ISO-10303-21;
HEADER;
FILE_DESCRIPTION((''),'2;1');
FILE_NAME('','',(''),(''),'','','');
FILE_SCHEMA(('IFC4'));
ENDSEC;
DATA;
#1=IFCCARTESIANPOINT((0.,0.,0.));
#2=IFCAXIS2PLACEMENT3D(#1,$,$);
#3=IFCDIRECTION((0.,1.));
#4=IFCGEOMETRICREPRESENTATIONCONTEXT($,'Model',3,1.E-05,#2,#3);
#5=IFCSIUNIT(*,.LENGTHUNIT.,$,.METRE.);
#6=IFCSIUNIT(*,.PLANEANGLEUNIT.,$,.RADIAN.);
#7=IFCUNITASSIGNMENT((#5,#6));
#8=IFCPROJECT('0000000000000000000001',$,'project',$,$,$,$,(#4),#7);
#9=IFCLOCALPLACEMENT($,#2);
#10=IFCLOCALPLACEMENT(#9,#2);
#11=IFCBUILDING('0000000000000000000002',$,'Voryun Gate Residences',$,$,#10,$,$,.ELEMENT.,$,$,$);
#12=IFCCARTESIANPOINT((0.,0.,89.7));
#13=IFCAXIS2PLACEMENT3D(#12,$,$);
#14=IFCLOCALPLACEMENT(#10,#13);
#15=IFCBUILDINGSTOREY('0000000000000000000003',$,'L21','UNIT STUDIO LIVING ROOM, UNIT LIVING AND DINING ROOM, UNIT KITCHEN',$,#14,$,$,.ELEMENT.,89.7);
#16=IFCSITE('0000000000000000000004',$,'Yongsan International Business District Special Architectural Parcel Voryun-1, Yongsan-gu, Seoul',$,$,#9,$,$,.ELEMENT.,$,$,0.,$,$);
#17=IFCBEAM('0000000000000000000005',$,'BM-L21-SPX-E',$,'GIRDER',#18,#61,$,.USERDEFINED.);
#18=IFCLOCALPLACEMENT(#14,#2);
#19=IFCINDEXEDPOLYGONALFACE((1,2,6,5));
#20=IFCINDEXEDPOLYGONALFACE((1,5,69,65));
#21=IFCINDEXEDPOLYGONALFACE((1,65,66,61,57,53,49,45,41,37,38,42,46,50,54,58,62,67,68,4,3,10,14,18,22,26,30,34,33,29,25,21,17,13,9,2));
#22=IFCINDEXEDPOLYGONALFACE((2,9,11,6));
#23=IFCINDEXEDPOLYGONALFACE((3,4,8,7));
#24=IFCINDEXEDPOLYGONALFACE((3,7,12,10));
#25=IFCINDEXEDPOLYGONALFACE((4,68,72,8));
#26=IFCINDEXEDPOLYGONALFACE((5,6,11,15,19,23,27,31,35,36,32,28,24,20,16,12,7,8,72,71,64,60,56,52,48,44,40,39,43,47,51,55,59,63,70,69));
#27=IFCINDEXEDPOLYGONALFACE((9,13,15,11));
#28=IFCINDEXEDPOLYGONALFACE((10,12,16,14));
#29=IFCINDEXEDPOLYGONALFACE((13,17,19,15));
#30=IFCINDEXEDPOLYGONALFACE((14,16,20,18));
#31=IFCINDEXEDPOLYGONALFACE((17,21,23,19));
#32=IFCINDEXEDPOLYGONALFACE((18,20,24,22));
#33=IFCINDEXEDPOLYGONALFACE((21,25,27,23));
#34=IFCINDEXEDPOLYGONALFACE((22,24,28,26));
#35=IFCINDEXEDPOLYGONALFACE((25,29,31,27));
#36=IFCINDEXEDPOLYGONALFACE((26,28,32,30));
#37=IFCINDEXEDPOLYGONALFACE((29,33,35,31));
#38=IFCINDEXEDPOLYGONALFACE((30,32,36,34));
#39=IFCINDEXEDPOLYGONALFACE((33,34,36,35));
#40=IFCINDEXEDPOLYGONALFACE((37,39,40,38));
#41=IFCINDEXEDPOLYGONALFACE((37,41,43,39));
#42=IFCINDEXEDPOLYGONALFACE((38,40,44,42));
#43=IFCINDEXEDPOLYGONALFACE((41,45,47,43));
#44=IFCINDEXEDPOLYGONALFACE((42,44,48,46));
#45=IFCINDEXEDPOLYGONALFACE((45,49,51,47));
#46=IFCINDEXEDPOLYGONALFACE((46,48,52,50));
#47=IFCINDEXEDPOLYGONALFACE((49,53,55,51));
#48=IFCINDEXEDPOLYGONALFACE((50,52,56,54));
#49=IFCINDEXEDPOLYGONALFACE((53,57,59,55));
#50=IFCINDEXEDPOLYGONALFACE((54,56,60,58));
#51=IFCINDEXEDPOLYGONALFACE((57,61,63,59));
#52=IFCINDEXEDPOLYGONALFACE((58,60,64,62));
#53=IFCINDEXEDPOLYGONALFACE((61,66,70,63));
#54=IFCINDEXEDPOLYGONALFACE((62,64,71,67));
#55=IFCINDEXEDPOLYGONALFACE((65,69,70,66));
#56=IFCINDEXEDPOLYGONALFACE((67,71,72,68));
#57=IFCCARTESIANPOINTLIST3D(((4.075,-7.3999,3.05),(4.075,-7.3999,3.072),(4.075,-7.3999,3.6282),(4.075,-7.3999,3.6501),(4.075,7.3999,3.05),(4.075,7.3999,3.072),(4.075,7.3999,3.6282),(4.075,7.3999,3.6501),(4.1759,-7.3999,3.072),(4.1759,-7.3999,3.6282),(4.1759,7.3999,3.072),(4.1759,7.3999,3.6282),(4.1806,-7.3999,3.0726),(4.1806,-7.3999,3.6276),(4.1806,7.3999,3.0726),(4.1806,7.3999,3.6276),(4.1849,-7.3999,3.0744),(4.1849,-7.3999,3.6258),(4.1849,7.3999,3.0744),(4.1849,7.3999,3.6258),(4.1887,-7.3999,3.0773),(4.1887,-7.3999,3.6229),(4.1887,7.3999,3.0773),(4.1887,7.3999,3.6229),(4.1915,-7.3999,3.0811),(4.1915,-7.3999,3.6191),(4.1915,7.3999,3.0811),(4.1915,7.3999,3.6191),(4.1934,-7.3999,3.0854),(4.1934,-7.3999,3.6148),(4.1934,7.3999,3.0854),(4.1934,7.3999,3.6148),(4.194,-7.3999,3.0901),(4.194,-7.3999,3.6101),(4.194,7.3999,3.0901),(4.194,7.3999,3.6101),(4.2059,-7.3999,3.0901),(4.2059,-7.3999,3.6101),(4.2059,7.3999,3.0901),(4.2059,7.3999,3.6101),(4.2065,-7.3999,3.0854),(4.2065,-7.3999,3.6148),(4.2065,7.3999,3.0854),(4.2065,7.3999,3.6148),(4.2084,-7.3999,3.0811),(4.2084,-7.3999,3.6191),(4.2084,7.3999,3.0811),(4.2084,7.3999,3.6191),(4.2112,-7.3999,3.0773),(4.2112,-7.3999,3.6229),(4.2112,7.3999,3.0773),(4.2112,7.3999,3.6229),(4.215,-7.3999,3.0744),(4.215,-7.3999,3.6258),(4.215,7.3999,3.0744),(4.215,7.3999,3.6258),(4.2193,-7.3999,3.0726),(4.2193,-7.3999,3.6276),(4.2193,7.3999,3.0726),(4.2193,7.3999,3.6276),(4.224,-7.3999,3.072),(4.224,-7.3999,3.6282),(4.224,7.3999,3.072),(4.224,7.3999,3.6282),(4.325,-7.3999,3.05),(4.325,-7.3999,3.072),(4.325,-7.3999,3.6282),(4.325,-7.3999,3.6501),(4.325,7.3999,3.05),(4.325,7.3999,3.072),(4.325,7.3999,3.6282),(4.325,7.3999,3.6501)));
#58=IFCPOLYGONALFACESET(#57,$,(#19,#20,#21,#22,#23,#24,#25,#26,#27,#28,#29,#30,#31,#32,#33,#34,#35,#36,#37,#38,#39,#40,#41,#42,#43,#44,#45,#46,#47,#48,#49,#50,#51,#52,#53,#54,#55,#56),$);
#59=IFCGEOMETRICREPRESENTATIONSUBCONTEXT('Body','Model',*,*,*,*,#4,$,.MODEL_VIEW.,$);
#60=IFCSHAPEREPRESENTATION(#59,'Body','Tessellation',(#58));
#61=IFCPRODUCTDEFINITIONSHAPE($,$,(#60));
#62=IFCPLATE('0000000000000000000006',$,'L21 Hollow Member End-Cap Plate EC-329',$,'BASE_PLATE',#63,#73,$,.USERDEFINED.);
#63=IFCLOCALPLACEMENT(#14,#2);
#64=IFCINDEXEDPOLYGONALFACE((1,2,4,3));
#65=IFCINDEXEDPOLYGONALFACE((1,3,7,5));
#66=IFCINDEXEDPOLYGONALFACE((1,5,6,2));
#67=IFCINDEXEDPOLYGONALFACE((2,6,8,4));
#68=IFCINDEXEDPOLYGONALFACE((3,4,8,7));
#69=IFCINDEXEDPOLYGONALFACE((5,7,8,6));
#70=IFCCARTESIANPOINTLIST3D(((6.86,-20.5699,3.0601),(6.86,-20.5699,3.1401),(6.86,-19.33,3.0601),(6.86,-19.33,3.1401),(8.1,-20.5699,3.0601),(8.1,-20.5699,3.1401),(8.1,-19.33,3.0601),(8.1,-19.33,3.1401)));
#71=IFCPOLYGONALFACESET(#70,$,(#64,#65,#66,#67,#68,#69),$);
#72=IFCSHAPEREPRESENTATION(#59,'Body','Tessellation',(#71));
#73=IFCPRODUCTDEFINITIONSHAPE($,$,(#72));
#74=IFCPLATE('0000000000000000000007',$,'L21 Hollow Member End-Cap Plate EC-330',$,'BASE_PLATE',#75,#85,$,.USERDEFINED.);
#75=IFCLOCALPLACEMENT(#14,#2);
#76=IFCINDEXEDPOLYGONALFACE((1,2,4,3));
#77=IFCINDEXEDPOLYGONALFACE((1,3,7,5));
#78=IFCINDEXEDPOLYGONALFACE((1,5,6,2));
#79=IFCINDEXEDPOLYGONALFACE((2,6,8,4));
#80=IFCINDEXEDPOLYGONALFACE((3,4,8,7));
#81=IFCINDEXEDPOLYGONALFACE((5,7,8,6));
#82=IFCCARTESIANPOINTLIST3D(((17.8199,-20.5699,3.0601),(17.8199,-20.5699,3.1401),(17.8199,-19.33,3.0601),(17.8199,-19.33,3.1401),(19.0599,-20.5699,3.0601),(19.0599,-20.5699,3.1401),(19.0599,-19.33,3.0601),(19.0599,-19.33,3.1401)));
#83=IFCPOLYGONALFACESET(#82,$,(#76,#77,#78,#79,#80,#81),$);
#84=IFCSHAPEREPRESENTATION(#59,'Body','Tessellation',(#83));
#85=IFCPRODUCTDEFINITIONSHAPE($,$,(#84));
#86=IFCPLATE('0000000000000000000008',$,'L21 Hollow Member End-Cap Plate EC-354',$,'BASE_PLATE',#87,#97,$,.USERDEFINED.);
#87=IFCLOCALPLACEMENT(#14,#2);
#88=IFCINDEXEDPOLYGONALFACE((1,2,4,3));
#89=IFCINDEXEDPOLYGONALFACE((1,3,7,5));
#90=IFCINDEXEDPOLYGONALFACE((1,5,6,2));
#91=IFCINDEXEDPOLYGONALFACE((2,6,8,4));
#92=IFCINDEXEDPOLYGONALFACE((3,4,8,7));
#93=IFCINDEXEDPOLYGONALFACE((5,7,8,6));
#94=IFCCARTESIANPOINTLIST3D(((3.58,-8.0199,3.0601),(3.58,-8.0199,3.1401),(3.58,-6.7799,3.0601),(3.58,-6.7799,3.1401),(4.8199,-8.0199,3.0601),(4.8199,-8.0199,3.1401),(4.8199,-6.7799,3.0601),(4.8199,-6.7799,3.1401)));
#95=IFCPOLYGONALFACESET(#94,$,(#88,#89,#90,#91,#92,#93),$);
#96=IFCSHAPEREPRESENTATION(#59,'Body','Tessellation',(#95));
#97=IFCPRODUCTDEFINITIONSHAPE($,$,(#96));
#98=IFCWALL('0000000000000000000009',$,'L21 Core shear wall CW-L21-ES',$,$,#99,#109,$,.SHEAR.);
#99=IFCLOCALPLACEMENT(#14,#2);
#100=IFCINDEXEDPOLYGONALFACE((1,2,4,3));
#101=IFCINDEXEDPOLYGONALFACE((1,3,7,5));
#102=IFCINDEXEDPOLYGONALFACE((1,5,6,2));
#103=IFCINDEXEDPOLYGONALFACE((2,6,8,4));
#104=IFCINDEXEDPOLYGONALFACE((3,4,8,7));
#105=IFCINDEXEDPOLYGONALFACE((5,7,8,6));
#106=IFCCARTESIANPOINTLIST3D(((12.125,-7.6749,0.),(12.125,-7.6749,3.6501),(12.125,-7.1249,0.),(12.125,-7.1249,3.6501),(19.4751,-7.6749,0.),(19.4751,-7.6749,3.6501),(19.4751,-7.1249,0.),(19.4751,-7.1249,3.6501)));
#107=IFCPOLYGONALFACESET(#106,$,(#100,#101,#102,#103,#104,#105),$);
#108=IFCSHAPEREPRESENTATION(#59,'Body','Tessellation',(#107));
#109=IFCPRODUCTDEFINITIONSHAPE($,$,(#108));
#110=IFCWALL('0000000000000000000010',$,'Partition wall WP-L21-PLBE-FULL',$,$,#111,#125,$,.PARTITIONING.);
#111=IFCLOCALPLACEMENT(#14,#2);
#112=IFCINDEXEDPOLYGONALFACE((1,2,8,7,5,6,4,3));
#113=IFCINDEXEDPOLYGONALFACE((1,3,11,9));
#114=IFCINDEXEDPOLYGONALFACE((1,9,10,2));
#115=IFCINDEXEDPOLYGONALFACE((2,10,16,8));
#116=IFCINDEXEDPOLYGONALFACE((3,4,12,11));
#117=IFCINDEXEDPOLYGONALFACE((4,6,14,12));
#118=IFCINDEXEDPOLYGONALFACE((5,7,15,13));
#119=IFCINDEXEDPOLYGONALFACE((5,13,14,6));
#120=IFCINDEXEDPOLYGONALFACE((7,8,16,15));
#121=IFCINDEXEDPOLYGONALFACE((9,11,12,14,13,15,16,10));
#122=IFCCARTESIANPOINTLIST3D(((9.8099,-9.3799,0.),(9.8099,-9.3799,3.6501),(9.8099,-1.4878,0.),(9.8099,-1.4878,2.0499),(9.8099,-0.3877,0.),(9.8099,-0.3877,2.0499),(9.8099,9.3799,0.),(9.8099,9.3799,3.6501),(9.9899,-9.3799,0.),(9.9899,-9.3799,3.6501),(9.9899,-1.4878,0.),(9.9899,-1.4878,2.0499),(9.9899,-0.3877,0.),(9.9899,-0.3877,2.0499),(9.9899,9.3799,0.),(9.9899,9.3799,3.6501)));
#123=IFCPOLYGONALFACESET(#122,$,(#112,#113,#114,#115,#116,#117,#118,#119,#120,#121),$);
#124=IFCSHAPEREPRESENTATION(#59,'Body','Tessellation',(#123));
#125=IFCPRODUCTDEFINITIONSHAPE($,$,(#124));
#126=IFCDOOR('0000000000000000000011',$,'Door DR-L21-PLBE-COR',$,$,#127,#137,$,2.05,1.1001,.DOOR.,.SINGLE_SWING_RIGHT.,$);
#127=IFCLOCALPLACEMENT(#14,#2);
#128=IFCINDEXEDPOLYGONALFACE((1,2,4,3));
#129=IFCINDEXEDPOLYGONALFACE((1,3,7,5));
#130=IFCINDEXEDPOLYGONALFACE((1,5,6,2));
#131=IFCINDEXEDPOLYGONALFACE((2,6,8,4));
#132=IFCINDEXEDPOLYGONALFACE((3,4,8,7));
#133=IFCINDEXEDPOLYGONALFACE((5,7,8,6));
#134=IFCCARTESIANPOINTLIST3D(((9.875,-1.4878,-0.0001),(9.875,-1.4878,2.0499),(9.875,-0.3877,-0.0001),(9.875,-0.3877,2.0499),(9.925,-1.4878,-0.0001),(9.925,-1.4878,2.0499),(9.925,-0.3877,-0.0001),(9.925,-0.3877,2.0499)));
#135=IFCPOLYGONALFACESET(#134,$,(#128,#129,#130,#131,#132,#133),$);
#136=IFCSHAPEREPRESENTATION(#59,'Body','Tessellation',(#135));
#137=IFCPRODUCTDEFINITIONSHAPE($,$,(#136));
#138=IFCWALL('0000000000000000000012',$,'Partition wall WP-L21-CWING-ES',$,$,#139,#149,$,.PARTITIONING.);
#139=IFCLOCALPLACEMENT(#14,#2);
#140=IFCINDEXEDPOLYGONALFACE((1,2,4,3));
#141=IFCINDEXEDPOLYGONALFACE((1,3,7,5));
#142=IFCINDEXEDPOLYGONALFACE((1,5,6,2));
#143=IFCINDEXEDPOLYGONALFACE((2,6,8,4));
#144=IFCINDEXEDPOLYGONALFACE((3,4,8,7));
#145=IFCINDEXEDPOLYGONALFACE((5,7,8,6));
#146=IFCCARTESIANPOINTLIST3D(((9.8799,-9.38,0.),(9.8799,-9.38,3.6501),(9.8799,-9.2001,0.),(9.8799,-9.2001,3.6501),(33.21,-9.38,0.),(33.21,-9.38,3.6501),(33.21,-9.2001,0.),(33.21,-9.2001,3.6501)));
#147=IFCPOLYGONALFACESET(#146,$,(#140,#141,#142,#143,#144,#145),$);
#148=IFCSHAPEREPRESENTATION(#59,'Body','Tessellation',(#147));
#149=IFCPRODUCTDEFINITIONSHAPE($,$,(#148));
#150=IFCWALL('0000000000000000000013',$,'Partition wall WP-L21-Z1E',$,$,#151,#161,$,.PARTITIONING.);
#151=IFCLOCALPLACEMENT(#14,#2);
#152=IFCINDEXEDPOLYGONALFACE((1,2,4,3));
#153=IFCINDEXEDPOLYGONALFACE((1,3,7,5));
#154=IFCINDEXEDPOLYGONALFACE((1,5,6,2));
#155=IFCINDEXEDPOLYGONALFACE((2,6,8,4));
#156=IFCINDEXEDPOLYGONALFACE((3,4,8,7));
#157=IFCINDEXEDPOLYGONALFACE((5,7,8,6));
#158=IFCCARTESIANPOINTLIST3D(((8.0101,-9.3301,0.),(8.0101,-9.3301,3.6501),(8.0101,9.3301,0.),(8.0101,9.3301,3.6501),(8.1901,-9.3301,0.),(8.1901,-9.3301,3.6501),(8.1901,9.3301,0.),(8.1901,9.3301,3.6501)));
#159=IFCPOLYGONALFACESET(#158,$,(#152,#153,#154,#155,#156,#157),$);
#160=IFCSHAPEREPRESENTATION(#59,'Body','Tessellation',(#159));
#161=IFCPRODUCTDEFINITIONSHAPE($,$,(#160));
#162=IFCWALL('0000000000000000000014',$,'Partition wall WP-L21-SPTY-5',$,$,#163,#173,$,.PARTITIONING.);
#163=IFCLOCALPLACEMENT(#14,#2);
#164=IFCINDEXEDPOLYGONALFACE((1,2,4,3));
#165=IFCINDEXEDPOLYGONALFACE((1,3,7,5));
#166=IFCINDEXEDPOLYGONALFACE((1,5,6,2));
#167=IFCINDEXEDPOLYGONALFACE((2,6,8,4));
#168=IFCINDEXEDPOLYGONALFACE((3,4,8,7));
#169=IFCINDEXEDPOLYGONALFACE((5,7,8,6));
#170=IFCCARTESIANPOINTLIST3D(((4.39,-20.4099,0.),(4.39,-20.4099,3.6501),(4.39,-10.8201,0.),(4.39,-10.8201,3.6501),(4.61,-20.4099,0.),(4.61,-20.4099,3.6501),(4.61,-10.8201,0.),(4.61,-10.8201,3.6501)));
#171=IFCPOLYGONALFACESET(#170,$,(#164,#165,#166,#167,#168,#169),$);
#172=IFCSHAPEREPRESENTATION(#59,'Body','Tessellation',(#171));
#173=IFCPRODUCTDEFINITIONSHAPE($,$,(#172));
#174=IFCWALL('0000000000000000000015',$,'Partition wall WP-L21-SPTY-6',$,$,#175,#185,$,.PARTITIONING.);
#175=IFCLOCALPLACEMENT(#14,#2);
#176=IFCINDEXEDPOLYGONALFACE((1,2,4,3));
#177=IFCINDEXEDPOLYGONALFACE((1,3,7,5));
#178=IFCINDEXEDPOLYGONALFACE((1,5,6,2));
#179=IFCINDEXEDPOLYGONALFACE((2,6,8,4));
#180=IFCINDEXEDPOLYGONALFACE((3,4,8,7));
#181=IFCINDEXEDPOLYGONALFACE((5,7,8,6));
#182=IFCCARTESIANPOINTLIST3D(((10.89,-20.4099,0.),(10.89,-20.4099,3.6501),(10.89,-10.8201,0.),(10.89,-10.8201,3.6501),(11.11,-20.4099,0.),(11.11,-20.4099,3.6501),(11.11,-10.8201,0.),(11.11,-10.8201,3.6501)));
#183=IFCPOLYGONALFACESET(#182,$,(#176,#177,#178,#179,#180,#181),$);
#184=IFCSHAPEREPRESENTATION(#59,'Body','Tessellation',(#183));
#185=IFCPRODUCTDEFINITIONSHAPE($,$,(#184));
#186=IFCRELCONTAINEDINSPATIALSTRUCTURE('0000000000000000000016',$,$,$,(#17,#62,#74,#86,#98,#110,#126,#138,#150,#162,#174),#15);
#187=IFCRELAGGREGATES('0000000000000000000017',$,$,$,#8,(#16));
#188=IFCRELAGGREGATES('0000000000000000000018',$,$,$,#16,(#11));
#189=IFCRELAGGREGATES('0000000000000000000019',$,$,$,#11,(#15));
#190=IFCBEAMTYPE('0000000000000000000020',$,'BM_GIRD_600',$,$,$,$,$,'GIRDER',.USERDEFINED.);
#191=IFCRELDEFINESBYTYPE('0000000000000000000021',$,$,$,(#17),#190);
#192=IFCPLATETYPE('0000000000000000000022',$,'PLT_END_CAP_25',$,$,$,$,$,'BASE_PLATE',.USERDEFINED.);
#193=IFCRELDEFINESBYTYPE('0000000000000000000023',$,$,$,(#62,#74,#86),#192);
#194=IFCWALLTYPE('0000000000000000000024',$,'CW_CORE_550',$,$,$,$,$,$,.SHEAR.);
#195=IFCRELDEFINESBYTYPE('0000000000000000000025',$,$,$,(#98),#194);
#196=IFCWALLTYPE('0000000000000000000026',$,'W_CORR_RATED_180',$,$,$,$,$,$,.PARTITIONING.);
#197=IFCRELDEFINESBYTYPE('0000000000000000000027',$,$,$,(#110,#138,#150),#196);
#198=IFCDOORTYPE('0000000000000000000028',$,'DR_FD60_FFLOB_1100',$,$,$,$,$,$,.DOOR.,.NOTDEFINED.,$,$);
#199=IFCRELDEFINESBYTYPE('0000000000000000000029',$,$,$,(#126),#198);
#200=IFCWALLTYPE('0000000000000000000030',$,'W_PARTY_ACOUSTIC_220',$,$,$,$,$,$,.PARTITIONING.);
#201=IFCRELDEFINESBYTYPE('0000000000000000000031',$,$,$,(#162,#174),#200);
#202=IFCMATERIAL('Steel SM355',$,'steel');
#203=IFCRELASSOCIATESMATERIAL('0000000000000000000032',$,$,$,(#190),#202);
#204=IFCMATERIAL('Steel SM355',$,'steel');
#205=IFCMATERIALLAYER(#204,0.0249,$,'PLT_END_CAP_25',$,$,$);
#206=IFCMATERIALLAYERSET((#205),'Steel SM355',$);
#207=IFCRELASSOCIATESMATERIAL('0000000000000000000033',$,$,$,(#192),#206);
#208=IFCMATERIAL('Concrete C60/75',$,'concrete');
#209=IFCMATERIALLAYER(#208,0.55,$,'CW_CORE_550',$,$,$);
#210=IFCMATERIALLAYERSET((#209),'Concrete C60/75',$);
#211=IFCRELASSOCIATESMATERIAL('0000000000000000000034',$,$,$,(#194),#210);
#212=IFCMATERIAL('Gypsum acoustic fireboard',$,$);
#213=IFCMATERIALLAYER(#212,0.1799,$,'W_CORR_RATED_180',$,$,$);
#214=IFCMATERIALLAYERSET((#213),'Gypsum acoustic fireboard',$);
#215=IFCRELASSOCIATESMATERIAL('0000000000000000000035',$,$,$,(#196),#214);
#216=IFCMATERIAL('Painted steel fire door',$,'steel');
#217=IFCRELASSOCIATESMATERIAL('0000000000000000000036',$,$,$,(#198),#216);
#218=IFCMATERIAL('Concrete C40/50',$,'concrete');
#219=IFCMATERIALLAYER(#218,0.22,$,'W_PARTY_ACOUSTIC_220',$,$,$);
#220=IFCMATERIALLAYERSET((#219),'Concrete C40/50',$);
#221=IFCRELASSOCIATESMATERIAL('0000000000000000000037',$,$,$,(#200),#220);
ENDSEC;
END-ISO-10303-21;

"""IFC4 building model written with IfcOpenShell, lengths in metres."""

from ifc_helpers import new_model, si_unit, direction, frame, frame_2d, origin, origin_2d, place, context, subcontext, project, spatial, rectangle, i_section, extrude, material, layer, layer_set, material_profile, profile_set, type_object, element, fill, save


model = new_model("IFC4")

# Units and contexts
model_context = context("Model", 3, precision=1e-05, world=origin(), true_north=direction((0.0, 1.0)))
body_context = subcontext(model_context, "Body", "Model", "MODEL_VIEW")
ifc_project = project(units=[si_unit("LENGTHUNIT", "METRE"), si_unit("PLANEANGLEUNIT", "RADIAN")], contexts=[model_context])

# Site, building, storey
site_placement = place(None, origin())
site = spatial("IfcSite", under=ifc_project, at=site_placement, Name="Yongsan International Business District Special Architectural Parcel Voryun-1, Yongsan-gu, Seoul", CompositionType="ELEMENT", RefElevation=0.0)
building_placement = place(site_placement, origin())
building = spatial("IfcBuilding", under=site, at=building_placement, Name="Voryun Gate Residences", CompositionType="ELEMENT")
storey_placement = place(building_placement, frame((0.0, 0.0, 89.7)))
storey = spatial("IfcBuildingStorey", under=building, at=storey_placement, Name="L21", Description="UNIT STUDIO LIVING ROOM, UNIT LIVING AND DINING ROOM, UNIT KITCHEN", CompositionType="ELEMENT", Elevation=89.7)

# Beam
ifc_material_1 = material(Name="Steel SM355", Category="steel")
ifc_material_profile_1 = material_profile(ifc_material_1, i_section(OverallWidth=0.25, OverallDepth=0.6001, WebThickness=0.012, FlangeThickness=0.022, FilletRadius=0.0181, at=origin_2d()), Name="H-600x250x12x22")
ifc_profile_set_1 = profile_set([ifc_material_profile_1], Name="Steel SM355")
beam_type_1 = type_object("IfcBeamType", Name="BM_GIRD_600", ElementType="GIRDER", PredefinedType="USERDEFINED", material=ifc_profile_set_1)
beam_1_placement = place(storey_placement, frame((4.2, -7.3999, 3.3501), z_axis=(0.0, 1.0, 0.0), x_axis=(-1.0, 0.0, 0.0)))
element("IfcBeam", 1, at=beam_1_placement, inside=storey, type_object=beam_type_1, Name="BM-L21-SPX-E", ObjectType="GIRDER", PredefinedType="USERDEFINED", context=body_context, shape_type="SweptSolid", body=[
    extrude(i_section(OverallWidth=0.25, OverallDepth=0.6001, WebThickness=0.012, FlangeThickness=0.022, FilletRadius=0.0181, at=origin_2d()), origin(), (0.0, 0.0, 1.0), 14.7998),
])

# Plates
ifc_material_2 = material(Name="Steel SM355", Category="steel")
ifc_layer_1 = layer(ifc_material_2, 0.0249, Name="PLT_END_CAP_25")
ifc_layer_set_1 = layer_set([ifc_layer_1], Name="Steel SM355")
plate_type = type_object("IfcPlateType", Name="PLT_END_CAP_25", ElementType="BASE_PLATE", PredefinedType="USERDEFINED", material=ifc_layer_set_1)
for number, where, z_axis, x_axis, name in (
    (2, (7.48, -19.95, 3.0601), (0.0, 0.0, 1.0), (1.0, 0.0, 0.0), "L21 Hollow Member End-Cap Plate EC-329"),
    (3, (18.4399, -19.95, 3.0601), (0.0, 0.0, 1.0), (1.0, 0.0, 0.0), "L21 Hollow Member End-Cap Plate EC-330"),
    (4, (4.2, -7.3999, 3.0601), (0.0, 0.0, 1.0), (1.0, 0.0, 0.0), "L21 Hollow Member End-Cap Plate EC-354"),
):
    element("IfcPlate", number, at=place(storey_placement, frame(where, z_axis=z_axis, x_axis=x_axis)), inside=storey, type_object=plate_type, Name=name, ObjectType="BASE_PLATE", PredefinedType="USERDEFINED", context=body_context, shape_type="SweptSolid", body=[
        extrude(rectangle(XDim=1.24, YDim=1.24, at=origin_2d()), origin(), (0.0, 0.0, 1.0), 0.0801),
    ])

# Wall
ifc_material_3 = material(Name="Concrete C60/75", Category="concrete")
ifc_layer_2 = layer(ifc_material_3, 0.55, Name="CW_CORE_550")
ifc_layer_set_2 = layer_set([ifc_layer_2], Name="Concrete C60/75")
wall_type_1 = type_object("IfcWallType", Name="CW_CORE_550", PredefinedType="SHEAR", material=ifc_layer_set_2)
wall_1_placement = place(storey_placement, frame((12.125, -7.3999, 0.0), z_axis=(0.0, 0.0, 1.0), x_axis=(1.0, 0.0, 0.0)))
element("IfcWall", 5, at=wall_1_placement, inside=storey, type_object=wall_type_1, Name="L21 Core shear wall CW-L21-ES", PredefinedType="SHEAR", context=body_context, shape_type="SweptSolid", body=[
    extrude(rectangle(XDim=7.3501, YDim=0.55, at=frame_2d((3.675, 0.0))), origin(), (0.0, 0.0, 1.0), 3.6501),
])

# Wall, opening, door
ifc_material_4 = material(Name="Gypsum acoustic fireboard")
ifc_layer_3 = layer(ifc_material_4, 0.1799, Name="W_CORR_RATED_180")
ifc_layer_set_3 = layer_set([ifc_layer_3], Name="Gypsum acoustic fireboard")
wall_type_2 = type_object("IfcWallType", Name="W_CORR_RATED_180", PredefinedType="PARTITIONING", material=ifc_layer_set_3)
wall_2_placement = place(storey_placement, frame((9.8999, -9.3799, 0.0), z_axis=(0.0, 0.0, 1.0), x_axis=(0.0, 1.0, 0.0)))
wall_2 = element("IfcWall", 6, at=wall_2_placement, inside=storey, type_object=wall_type_2, Name="Partition wall WP-L21-PLBE-FULL", PredefinedType="PARTITIONING", context=body_context, shape_type="SweptSolid", body=[
    extrude(rectangle(XDim=18.7598, YDim=0.1799, at=frame_2d((9.3799, 0.0))), origin(), (0.0, 0.0, 1.0), 3.6501),
])
opening_1_placement = place(wall_2_placement, frame((7.8921, 0.0, 0.0)))
opening_1 = element("IfcOpeningElement", 7, at=opening_1_placement, cuts=wall_2, PredefinedType="OPENING", context=body_context, shape_type="SweptSolid", body=[
    extrude(rectangle(XDim=1.1001, YDim=2.05, at=frame_2d((0.55, 1.0249))), frame((0.0, 0.0999, 0.0), z_axis=(0.0, -1.0, 0.0), x_axis=(1.0, 0.0, 0.0)), (0.0, 0.0, 1.0), 0.2),
])
ifc_material_5 = material(Name="Painted steel fire door", Category="steel")
door_type_1 = type_object("IfcDoorType", Name="DR_FD60_FFLOB_1100", OperationType="NOTDEFINED", PredefinedType="DOOR", material=ifc_material_5)
door_1_placement = place(opening_1_placement, origin())
door_1 = element("IfcDoor", 8, at=door_1_placement, inside=storey, type_object=door_type_1, Name="Door DR-L21-PLBE-COR", OperationType="SINGLE_SWING_RIGHT", OverallHeight=2.05, OverallWidth=1.1001, PredefinedType="DOOR", context=body_context, shape_type="SweptSolid", body=[
    extrude(rectangle(XDim=1.1001, YDim=2.05, at=frame_2d((0.55, 1.0249))), frame((0.0, 0.0249, 0.0), z_axis=(0.0, -1.0, 0.0), x_axis=(1.0, 0.0, 0.0)), (0.0, 0.0, 1.0), 0.05),
])
fill(opening_1, door_1)

# Walls
wall_3_placement = place(storey_placement, frame((9.8799, -9.29, 0.0), z_axis=(0.0, 0.0, 1.0), x_axis=(1.0, 0.0, 0.0)))
element("IfcWall", 9, at=wall_3_placement, inside=storey, type_object=wall_type_2, Name="Partition wall WP-L21-CWING-ES", PredefinedType="PARTITIONING", context=body_context, shape_type="SweptSolid", body=[
    extrude(rectangle(XDim=23.3301, YDim=0.1799, at=frame_2d((11.665, 0.0))), origin(), (0.0, 0.0, 1.0), 3.6501),
])
wall_4_placement = place(storey_placement, frame((8.1001, -9.3301, 0.0), z_axis=(0.0, 0.0, 1.0), x_axis=(0.0, 1.0, 0.0)))
element("IfcWall", 10, at=wall_4_placement, inside=storey, type_object=wall_type_2, Name="Partition wall WP-L21-Z1E", PredefinedType="PARTITIONING", context=body_context, shape_type="SweptSolid", body=[
    extrude(rectangle(XDim=18.6602, YDim=0.1799, at=frame_2d((9.3301, 0.0))), origin(), (0.0, 0.0, 1.0), 3.6501),
])
ifc_material_6 = material(Name="Concrete C40/50", Category="concrete")
ifc_layer_4 = layer(ifc_material_6, 0.22, Name="W_PARTY_ACOUSTIC_220")
ifc_layer_set_4 = layer_set([ifc_layer_4], Name="Concrete C40/50")
wall_type_3 = type_object("IfcWallType", Name="W_PARTY_ACOUSTIC_220", PredefinedType="PARTITIONING", material=ifc_layer_set_4)
for number, where, z_axis, x_axis, name in (
    (11, (4.5, -20.4099, 0.0), (0.0, 0.0, 1.0), (0.0, 1.0, 0.0), "Partition wall WP-L21-SPTY-5"),
    (12, (11.0, -20.4099, 0.0), (0.0, 0.0, 1.0), (0.0, 1.0, 0.0), "Partition wall WP-L21-SPTY-6"),
):
    element("IfcWall", number, at=place(storey_placement, frame(where, z_axis=z_axis, x_axis=x_axis)), inside=storey, type_object=wall_type_3, Name=name, PredefinedType="PARTITIONING", context=body_context, shape_type="SweptSolid", body=[
        extrude(rectangle(XDim=9.5898, YDim=0.22, at=frame_2d((4.7949, 0.0))), origin(), (0.0, 0.0, 1.0), 3.6501),
    ])

save(model, "model.ifc")
